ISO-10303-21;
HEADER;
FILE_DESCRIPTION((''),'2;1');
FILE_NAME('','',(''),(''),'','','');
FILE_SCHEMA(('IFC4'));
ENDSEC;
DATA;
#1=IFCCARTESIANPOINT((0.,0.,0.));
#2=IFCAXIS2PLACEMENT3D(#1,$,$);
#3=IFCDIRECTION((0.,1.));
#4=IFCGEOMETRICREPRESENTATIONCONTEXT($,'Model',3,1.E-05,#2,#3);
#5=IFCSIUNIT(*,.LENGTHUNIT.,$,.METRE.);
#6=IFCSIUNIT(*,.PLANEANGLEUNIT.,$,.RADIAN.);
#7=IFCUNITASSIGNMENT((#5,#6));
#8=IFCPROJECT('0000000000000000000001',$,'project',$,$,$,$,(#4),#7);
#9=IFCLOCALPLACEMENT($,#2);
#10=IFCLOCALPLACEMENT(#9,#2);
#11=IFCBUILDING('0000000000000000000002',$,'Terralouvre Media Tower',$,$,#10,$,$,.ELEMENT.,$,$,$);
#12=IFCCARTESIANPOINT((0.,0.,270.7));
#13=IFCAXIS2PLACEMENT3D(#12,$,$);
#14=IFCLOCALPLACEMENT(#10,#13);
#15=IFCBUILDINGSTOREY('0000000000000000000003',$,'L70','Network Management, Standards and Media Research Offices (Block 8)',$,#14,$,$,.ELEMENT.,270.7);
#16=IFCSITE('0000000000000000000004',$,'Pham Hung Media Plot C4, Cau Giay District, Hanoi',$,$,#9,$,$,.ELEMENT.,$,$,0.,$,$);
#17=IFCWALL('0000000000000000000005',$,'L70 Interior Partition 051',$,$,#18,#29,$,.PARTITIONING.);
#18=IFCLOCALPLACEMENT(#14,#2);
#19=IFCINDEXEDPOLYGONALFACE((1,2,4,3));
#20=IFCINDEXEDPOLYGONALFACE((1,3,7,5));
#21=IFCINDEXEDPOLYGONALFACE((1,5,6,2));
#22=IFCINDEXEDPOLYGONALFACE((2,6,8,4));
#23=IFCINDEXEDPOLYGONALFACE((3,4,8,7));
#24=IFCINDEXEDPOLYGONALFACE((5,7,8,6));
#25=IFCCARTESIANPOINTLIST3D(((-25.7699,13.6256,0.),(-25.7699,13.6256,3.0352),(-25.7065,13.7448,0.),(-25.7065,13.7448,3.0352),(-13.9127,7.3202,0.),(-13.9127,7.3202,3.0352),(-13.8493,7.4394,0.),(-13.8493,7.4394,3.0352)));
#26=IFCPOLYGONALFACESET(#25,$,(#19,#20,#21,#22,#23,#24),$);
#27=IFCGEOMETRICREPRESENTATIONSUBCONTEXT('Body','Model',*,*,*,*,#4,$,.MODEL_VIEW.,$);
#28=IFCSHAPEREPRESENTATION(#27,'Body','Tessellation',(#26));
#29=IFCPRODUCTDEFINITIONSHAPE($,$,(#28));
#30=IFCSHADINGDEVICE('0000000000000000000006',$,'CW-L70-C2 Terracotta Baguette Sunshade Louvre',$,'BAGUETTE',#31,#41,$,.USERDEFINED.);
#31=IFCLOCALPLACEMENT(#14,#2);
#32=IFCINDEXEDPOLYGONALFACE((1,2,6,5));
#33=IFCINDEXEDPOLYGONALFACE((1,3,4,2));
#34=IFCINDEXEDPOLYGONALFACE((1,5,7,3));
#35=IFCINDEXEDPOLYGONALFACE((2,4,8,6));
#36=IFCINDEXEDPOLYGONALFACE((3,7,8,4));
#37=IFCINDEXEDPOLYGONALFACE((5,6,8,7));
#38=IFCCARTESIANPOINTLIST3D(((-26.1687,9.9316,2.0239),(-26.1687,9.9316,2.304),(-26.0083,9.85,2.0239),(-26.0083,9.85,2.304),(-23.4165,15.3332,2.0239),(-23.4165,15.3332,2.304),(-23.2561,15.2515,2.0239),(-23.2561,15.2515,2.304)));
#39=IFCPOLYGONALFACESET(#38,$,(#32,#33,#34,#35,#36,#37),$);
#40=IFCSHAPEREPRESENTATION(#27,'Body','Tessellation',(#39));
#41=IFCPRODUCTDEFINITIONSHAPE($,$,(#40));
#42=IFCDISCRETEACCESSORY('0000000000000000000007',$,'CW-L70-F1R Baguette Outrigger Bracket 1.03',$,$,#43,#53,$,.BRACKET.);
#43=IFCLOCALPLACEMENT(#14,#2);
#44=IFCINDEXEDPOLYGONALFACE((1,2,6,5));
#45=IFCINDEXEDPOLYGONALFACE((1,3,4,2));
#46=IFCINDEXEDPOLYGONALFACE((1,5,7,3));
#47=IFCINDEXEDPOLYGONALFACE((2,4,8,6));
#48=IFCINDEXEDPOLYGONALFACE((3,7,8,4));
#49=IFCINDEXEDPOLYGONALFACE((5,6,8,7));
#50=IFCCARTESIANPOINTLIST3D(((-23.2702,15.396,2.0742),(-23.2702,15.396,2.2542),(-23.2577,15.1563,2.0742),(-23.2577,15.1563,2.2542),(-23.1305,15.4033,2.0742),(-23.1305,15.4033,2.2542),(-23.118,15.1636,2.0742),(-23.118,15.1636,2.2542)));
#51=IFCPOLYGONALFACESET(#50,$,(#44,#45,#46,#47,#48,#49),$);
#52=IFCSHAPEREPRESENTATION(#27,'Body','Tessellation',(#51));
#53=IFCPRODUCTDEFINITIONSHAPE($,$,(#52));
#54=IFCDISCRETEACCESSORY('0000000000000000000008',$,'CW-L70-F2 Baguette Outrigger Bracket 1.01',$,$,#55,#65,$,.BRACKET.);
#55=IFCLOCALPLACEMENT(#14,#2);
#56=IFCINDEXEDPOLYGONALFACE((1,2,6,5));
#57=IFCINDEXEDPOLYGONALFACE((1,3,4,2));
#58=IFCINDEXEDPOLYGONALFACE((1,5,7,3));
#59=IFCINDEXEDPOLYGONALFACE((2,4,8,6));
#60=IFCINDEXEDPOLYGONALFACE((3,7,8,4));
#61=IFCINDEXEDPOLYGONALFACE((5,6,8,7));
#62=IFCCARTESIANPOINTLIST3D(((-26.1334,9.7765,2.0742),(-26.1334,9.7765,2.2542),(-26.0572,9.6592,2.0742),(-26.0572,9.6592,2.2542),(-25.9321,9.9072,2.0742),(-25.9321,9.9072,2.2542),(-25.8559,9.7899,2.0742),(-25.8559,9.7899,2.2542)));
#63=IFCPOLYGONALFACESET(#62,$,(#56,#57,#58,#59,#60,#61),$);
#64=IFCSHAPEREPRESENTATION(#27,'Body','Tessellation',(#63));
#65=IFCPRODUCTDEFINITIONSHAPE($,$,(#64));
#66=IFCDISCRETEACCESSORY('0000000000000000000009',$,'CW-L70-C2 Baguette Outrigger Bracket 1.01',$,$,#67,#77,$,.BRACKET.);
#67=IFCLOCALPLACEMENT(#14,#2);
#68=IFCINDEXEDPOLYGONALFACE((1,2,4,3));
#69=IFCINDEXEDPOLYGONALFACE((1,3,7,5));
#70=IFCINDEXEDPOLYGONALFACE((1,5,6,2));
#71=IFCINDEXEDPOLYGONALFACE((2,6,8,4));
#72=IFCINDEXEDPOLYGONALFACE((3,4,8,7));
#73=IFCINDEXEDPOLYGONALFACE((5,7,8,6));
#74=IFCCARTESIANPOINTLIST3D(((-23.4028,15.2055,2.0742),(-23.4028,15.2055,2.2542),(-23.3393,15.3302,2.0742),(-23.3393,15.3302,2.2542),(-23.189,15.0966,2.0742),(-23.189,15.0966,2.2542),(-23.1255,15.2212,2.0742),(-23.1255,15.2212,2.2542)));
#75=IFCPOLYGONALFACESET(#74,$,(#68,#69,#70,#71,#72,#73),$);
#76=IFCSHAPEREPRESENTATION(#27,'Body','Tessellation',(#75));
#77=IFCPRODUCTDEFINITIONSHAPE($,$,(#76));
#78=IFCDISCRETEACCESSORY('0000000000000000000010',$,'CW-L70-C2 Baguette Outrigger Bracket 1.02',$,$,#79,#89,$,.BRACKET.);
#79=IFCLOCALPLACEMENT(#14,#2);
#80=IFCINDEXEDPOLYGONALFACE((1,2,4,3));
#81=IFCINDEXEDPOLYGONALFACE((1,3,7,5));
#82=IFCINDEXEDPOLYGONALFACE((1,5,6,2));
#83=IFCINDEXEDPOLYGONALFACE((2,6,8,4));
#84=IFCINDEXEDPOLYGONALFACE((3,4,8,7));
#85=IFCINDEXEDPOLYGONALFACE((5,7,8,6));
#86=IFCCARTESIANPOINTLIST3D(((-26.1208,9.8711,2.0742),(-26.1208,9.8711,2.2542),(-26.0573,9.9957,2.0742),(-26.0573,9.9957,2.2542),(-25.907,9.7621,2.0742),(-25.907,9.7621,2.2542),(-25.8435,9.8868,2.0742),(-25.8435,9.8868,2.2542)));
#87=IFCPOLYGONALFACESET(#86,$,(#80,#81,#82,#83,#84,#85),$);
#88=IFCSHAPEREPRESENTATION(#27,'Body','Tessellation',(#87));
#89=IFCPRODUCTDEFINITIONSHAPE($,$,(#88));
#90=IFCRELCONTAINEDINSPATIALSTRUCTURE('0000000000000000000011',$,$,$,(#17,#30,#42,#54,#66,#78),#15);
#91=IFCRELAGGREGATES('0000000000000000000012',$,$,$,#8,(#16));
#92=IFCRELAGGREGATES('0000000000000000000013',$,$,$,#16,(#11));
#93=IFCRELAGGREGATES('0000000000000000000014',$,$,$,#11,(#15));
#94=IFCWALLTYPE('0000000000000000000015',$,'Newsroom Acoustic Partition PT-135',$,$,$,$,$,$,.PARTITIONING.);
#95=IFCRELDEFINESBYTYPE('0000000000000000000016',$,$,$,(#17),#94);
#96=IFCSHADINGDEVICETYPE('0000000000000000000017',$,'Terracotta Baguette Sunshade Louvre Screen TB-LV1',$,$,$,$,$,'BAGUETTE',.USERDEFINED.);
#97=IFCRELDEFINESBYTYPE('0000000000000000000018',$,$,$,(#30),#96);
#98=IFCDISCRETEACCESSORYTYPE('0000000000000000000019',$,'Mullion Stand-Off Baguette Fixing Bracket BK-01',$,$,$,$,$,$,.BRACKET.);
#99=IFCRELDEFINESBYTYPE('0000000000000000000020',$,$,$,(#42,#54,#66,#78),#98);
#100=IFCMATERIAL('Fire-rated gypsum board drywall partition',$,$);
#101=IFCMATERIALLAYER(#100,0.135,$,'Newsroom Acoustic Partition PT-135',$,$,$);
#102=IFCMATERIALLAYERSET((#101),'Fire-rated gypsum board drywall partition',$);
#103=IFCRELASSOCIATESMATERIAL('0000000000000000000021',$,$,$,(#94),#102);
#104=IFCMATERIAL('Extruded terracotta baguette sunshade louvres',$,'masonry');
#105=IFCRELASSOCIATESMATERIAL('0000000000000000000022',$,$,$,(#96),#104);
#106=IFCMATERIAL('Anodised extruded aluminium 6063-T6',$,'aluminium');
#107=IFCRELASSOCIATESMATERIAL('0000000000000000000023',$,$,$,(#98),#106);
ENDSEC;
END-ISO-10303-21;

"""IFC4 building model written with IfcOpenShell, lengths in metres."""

from ifc_helpers import new_model, si_unit, direction, frame, frame_2d, origin, origin_2d, place, context, subcontext, project, spatial, rectangle, extrude, material, layer, layer_set, type_object, element, save


model = new_model("IFC4")

# Units and contexts
model_context = context("Model", 3, precision=1e-05, world=origin(), true_north=direction((0.0, 1.0)))
body_context = subcontext(model_context, "Body", "Model", "MODEL_VIEW")
ifc_project = project(units=[si_unit("LENGTHUNIT", "METRE"), si_unit("PLANEANGLEUNIT", "RADIAN")], contexts=[model_context])

# Site, building, storey
site_placement = place(None, origin())
site = spatial("IfcSite", under=ifc_project, at=site_placement, Name="Pham Hung Media Plot C4, Cau Giay District, Hanoi", CompositionType="ELEMENT", RefElevation=0.0)
building_placement = place(site_placement, origin())
building = spatial("IfcBuilding", under=site, at=building_placement, Name="Terralouvre Media Tower", CompositionType="ELEMENT")
storey_placement = place(building_placement, frame((0.0, 0.0, 270.7)))
storey = spatial("IfcBuildingStorey", under=building, at=storey_placement, Name="L70", Description="Network Management, Standards and Media Research Offices (Block 8)", CompositionType="ELEMENT", Elevation=270.7)

# Wall
ifc_material_1 = material(Name="Fire-rated gypsum board drywall partition")
ifc_layer_1 = layer(ifc_material_1, 0.135, Name="Newsroom Acoustic Partition PT-135")
ifc_layer_set_1 = layer_set([ifc_layer_1], Name="Fire-rated gypsum board drywall partition")
wall_type = type_object("IfcWallType", Name="Newsroom Acoustic Partition PT-135", PredefinedType="PARTITIONING", material=ifc_layer_set_1)
wall_placement = place(storey_placement, frame((-25.7383, 13.6853, 0.0), z_axis=(0.0, 0.0, 1.0), x_axis=(0.882921, -0.469521, 0.0)))
element("IfcWall", 1, at=wall_placement, inside=storey, type_object=wall_type, Name="L70 Interior Partition 051", PredefinedType="PARTITIONING", context=body_context, shape_type="SweptSolid", body=[
    extrude(rectangle(XDim=13.4294, YDim=0.135, at=frame_2d((6.7148, 0.0))), origin(), (0.0, 0.0, 1.0), 3.0352),
])

# Shading device
ifc_material_2 = material(Name="Extruded terracotta baguette sunshade louvres", Category="masonry")
shading_device_type = type_object("IfcShadingDeviceType", Name="Terracotta Baguette Sunshade Louvre Screen TB-LV1", ElementType="BAGUETTE", PredefinedType="USERDEFINED", material=ifc_material_2)
shading_device_placement = place(storey_placement, frame((-24.7124, 12.5916, 2.0239), z_axis=(0.0, 0.0, 1.0), x_axis=(-0.45399, -0.891007, 0.0)))
element("IfcShadingDevice", 2, at=shading_device_placement, inside=storey, type_object=shading_device_type, Name="CW-L70-C2 Terracotta Baguette Sunshade Louvre", ObjectType="BAGUETTE", PredefinedType="USERDEFINED", context=body_context, shape_type="SweptSolid", body=[
    extrude(rectangle(XDim=6.0623, YDim=0.1799, at=origin_2d()), origin(), (0.0, 0.0, 1.0), 0.28),
])

# Discrete accessories
ifc_material_3 = material(Name="Anodised extruded aluminium 6063-T6", Category="aluminium")
discrete_accessory_type = type_object("IfcDiscreteAccessoryType", Name="Mullion Stand-Off Baguette Fixing Bracket BK-01", PredefinedType="BRACKET", material=ifc_material_3)
for number, where, z_axis, x_axis, name in (
    (3, (-23.1941, 15.2798, 2.0742), (0.0, 0.0, 1.0), (-0.99863, -0.052336, 0.0), "CW-L70-F1R Baguette Outrigger Bracket 1.03"),
    (4, (-25.9946, 9.7832, 2.0742), (0.0, 0.0, 1.0), (0.544639, -0.838671, 0.0), "CW-L70-F2 Baguette Outrigger Bracket 1.01"),
    (5, (-23.2642, 15.2134, 2.0742), (0.0, 0.0, 1.0), (-0.45399, -0.891007, 0.0), "CW-L70-C2 Baguette Outrigger Bracket 1.01"),
    (6, (-25.9822, 9.8789, 2.0742), (0.0, 0.0, 1.0), (-0.45399, -0.891007, 0.0), "CW-L70-C2 Baguette Outrigger Bracket 1.02"),
):
    element("IfcDiscreteAccessory", number, at=place(storey_placement, frame(where, z_axis=z_axis, x_axis=x_axis)), inside=storey, type_object=discrete_accessory_type, Name=name, PredefinedType="BRACKET", context=body_context, shape_type="SweptSolid", body=[
        extrude(rectangle(XDim=0.1399, YDim=0.24, at=origin_2d()), origin(), (0.0, 0.0, 1.0), 0.1799),
    ])

save(model, "model.ifc")
